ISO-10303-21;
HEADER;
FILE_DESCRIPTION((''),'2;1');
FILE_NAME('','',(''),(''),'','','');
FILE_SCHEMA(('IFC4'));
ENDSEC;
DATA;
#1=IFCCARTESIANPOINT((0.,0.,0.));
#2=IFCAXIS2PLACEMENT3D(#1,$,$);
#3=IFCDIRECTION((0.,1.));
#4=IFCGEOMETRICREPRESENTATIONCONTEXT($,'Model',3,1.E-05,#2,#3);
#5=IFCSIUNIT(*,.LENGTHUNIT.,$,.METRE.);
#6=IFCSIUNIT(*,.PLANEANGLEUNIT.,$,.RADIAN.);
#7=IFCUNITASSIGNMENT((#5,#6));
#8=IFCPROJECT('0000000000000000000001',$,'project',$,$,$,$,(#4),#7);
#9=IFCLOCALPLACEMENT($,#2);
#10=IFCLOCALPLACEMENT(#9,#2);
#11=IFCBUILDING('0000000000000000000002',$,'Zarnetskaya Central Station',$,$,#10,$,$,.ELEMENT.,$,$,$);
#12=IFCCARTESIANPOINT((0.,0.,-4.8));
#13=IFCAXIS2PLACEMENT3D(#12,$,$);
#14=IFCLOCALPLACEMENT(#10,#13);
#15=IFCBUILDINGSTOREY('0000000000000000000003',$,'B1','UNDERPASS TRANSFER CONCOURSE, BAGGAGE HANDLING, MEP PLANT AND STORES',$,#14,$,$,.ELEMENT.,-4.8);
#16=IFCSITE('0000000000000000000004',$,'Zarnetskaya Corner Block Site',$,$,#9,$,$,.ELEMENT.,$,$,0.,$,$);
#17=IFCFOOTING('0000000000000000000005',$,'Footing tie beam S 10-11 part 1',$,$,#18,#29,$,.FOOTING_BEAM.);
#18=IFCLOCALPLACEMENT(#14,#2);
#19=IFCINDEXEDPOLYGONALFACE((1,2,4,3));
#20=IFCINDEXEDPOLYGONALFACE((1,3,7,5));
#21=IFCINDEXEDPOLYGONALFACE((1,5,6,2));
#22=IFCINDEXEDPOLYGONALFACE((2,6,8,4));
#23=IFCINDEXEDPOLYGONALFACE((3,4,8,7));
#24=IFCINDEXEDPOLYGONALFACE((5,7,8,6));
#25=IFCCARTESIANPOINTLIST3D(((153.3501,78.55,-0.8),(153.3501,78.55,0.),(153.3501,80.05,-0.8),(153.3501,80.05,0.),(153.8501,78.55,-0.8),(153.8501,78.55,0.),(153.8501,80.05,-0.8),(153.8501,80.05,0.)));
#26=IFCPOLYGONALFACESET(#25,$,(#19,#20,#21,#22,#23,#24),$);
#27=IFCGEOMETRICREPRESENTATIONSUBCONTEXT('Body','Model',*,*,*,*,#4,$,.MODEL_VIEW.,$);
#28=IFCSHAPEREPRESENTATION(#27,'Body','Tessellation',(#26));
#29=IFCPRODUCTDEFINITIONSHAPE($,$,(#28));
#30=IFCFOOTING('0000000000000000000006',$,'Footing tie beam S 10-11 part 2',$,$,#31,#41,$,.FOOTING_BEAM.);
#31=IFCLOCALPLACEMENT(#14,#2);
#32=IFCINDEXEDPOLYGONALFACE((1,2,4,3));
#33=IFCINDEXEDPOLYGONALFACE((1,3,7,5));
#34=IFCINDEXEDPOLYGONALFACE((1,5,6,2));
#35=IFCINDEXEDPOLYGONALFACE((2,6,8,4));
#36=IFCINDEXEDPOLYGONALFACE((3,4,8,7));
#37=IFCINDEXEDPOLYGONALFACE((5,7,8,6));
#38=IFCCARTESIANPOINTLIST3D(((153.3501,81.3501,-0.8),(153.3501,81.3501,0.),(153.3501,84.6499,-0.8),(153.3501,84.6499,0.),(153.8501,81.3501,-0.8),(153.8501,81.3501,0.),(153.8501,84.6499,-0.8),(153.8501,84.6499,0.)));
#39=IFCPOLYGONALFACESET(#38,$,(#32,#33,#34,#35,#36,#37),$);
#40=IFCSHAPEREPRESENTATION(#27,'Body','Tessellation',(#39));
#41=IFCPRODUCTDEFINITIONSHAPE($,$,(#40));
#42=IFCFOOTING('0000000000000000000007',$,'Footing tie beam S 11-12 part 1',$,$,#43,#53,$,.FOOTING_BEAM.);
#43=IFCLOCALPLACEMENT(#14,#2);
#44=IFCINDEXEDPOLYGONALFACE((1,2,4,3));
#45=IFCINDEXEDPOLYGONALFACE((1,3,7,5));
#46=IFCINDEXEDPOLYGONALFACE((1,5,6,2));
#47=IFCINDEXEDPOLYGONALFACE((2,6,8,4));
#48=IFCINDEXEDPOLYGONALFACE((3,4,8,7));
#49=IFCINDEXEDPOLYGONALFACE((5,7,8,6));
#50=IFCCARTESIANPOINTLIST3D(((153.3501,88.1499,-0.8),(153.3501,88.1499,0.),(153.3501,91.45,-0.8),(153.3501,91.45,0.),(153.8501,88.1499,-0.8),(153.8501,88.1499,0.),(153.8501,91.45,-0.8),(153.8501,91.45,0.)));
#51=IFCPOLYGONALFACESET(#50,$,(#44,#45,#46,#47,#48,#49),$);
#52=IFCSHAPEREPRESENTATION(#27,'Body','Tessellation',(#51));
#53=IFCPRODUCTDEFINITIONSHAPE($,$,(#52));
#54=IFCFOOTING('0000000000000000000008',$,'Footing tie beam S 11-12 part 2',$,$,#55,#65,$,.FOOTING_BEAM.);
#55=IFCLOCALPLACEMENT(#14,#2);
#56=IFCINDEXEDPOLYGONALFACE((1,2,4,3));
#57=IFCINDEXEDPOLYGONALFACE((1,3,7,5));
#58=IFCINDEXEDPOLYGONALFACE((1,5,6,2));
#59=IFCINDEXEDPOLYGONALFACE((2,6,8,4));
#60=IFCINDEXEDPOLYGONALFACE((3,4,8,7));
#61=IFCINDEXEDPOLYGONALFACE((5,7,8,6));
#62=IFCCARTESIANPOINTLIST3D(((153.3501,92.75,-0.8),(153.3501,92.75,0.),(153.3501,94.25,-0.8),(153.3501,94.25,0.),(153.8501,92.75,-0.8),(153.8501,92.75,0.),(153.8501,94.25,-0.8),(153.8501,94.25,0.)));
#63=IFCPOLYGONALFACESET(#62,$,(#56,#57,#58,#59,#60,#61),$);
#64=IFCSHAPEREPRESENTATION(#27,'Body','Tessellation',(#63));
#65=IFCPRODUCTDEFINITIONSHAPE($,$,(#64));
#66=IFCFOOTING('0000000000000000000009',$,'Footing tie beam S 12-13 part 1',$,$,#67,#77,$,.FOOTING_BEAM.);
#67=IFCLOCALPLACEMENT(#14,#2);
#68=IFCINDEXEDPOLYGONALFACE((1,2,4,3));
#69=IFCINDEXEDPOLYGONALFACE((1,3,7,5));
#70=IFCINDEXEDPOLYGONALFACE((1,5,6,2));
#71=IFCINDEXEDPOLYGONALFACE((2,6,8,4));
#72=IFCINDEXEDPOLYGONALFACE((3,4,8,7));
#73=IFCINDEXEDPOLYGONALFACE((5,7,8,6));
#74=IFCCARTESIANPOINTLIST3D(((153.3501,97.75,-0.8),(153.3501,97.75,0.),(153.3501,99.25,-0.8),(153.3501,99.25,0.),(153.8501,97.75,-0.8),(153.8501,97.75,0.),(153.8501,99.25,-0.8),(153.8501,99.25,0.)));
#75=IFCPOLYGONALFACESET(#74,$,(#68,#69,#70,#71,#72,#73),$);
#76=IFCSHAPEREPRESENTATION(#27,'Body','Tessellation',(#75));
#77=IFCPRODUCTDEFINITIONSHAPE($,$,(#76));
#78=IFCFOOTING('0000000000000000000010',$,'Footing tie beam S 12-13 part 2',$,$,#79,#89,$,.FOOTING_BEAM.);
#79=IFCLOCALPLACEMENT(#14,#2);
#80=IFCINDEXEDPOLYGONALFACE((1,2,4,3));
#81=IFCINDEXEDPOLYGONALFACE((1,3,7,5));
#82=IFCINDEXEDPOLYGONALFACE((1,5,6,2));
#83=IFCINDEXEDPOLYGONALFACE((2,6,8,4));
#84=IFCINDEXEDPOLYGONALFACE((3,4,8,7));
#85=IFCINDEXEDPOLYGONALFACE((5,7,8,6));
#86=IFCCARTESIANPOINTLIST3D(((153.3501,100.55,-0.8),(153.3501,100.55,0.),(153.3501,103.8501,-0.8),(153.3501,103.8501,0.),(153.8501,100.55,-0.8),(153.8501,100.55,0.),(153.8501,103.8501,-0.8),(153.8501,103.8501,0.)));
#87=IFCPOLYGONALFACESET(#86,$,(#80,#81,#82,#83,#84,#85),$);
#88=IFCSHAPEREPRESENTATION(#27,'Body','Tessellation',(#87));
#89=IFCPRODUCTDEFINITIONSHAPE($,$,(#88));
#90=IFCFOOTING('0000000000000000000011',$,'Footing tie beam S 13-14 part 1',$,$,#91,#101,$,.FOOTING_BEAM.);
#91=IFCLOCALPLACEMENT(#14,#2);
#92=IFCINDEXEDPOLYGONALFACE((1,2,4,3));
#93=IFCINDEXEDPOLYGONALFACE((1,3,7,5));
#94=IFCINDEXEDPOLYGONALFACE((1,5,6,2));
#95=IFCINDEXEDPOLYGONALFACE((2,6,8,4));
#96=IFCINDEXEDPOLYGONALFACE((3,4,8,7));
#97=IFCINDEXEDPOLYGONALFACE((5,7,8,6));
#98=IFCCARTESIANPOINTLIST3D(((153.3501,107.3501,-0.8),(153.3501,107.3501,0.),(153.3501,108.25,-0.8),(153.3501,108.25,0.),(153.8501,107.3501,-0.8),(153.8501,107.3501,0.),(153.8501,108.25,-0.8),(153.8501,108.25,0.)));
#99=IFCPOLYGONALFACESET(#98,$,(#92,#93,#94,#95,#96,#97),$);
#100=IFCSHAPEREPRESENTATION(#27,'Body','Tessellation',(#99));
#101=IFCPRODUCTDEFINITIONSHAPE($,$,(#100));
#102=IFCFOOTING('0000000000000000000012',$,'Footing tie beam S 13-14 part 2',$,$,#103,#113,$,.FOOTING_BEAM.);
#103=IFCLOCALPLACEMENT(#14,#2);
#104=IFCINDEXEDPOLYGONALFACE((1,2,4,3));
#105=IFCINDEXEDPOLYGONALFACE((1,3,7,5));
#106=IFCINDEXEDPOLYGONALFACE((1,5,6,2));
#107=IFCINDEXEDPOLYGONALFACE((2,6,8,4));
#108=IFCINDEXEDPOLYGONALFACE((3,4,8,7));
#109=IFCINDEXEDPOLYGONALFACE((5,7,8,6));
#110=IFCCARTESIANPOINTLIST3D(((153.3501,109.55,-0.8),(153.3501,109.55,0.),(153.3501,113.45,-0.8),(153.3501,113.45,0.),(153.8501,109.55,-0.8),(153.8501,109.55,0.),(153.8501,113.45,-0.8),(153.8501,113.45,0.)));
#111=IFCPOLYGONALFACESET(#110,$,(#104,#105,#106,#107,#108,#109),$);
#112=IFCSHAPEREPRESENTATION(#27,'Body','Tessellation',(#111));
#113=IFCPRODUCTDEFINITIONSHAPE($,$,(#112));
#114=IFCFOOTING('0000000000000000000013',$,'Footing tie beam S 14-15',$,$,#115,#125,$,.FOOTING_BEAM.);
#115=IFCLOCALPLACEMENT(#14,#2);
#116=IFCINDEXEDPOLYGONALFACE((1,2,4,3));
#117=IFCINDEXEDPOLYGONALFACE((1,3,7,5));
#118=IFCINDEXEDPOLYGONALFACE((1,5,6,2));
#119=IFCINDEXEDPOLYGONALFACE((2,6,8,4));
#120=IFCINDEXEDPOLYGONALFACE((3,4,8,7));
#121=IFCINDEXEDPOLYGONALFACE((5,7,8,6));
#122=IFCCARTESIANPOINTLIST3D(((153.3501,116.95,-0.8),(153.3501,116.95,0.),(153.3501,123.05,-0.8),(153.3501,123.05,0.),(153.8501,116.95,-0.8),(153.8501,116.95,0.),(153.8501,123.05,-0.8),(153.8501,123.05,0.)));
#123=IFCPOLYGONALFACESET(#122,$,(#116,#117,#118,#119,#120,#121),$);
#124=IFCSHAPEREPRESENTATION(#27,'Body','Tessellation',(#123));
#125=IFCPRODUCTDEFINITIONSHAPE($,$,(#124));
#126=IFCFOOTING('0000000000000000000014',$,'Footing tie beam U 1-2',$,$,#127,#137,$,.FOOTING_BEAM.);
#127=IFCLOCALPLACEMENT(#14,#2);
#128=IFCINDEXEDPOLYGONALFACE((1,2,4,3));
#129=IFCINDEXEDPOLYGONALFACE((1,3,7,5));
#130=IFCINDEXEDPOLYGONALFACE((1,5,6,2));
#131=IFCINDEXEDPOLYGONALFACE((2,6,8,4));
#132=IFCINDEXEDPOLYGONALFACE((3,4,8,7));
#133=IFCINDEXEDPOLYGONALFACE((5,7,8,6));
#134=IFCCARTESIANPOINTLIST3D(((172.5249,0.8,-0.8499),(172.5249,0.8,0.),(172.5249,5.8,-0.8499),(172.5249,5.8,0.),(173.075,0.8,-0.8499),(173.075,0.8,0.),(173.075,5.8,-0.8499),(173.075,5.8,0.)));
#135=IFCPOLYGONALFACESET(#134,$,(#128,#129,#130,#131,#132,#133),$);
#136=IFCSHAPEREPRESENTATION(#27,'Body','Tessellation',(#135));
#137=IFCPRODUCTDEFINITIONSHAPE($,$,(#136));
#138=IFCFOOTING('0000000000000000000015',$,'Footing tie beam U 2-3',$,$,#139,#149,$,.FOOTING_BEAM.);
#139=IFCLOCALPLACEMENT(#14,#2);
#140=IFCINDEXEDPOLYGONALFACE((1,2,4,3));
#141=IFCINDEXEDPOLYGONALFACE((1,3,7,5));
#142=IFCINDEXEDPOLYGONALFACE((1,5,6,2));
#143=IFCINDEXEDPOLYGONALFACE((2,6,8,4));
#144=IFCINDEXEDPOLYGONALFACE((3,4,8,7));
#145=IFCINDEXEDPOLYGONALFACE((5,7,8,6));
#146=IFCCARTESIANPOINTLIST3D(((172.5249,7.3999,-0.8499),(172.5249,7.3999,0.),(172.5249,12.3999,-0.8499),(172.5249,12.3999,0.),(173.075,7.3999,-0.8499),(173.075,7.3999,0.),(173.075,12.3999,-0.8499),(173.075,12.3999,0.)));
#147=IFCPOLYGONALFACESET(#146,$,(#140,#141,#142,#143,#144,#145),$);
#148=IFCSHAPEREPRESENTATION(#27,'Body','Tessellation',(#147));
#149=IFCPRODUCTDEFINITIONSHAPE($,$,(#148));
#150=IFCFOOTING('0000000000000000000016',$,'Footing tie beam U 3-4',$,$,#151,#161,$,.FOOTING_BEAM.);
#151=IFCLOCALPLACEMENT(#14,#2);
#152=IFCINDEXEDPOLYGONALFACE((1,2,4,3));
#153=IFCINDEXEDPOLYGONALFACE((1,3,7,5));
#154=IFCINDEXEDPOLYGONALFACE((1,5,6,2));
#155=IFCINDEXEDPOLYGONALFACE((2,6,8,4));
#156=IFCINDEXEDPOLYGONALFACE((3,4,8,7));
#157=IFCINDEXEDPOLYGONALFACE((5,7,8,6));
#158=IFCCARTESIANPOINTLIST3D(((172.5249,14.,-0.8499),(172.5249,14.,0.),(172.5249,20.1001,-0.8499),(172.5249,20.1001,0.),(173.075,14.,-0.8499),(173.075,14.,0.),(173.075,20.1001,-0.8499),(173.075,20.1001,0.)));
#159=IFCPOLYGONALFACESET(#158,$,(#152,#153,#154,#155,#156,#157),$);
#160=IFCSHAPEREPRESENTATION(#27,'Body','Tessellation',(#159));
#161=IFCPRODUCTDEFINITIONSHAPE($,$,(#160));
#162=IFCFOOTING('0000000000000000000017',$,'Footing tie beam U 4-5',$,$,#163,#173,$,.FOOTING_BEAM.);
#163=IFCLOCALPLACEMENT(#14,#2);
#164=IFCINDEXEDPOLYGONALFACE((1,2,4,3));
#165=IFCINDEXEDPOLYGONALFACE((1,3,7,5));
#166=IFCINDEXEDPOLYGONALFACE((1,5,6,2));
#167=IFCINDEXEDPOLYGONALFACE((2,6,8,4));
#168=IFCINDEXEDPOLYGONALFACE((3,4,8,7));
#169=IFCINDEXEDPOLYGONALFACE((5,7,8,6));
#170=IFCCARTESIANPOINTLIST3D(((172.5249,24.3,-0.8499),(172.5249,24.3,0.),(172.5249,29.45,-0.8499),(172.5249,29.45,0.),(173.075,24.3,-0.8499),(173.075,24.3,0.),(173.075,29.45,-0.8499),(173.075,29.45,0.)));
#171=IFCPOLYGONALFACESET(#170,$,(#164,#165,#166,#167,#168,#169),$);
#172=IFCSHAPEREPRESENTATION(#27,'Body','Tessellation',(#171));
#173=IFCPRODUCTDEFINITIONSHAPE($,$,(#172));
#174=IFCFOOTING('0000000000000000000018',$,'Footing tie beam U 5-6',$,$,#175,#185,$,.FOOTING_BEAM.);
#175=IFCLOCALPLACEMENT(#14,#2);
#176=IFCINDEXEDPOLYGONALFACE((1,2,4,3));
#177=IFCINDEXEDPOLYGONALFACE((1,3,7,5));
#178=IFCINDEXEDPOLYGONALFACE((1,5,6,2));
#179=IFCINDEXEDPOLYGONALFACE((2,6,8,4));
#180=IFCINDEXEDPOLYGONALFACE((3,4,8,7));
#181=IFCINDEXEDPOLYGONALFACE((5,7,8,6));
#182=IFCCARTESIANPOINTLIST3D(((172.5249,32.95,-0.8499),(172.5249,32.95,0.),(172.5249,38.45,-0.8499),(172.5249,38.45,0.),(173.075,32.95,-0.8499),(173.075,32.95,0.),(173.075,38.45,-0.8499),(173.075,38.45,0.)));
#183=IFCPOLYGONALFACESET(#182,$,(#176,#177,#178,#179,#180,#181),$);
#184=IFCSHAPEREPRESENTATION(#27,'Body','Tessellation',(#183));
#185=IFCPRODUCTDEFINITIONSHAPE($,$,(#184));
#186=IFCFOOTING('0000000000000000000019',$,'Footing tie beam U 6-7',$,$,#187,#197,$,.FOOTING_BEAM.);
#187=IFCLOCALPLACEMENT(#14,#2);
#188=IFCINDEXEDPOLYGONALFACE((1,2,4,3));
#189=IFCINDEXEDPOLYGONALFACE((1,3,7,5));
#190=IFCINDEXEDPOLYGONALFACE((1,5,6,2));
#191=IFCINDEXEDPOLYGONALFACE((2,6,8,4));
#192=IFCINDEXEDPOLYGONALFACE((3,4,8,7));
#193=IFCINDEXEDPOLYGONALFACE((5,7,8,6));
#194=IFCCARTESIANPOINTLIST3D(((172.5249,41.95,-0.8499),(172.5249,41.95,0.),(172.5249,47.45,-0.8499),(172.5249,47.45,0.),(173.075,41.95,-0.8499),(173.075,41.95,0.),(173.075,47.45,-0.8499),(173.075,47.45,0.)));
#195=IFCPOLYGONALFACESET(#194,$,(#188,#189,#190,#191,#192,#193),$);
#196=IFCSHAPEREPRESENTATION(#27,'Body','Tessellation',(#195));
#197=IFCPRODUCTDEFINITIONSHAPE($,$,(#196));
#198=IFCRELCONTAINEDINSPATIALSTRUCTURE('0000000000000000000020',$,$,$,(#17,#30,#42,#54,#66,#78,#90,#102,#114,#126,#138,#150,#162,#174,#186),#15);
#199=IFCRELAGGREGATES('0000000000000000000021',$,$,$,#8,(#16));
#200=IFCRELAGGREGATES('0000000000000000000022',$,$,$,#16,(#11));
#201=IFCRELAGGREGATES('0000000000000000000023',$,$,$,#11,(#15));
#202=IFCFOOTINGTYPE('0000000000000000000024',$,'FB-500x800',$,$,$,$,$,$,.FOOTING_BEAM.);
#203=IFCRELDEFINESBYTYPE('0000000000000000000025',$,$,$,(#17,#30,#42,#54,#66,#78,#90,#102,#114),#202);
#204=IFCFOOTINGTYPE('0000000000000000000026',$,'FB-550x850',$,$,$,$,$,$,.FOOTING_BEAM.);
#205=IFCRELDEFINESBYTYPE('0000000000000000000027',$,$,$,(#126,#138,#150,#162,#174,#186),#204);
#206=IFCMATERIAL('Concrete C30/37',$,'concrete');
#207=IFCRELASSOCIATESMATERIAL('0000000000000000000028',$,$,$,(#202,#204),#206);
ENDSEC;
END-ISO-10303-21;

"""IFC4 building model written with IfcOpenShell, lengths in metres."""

from ifc_helpers import new_model, si_unit, direction, frame, origin, place, context, subcontext, project, spatial, polyline, outline, extrude, material, type_object, element, save


model = new_model("IFC4")

# Units and contexts
model_context = context("Model", 3, precision=1e-05, world=origin(), true_north=direction((0.0, 1.0)))
body_context = subcontext(model_context, "Body", "Model", "MODEL_VIEW")
ifc_project = project(units=[si_unit("LENGTHUNIT", "METRE"), si_unit("PLANEANGLEUNIT", "RADIAN")], contexts=[model_context])

# Site, building, storey
site_placement = place(None, origin())
site = spatial("IfcSite", under=ifc_project, at=site_placement, Name="Zarnetskaya Corner Block Site", CompositionType="ELEMENT", RefElevation=0.0)
building_placement = place(site_placement, origin())
building = spatial("IfcBuilding", under=site, at=building_placement, Name="Zarnetskaya Central Station", CompositionType="ELEMENT")
storey_placement = place(building_placement, frame((0.0, 0.0, -4.8)))
storey = spatial("IfcBuildingStorey", under=building, at=storey_placement, Name="B1", Description="UNDERPASS TRANSFER CONCOURSE, BAGGAGE HANDLING, MEP PLANT AND STORES", CompositionType="ELEMENT", Elevation=-4.8)

# Footings
ifc_material = material(Name="Concrete C30/37", Category="concrete")
footing_type_1 = type_object("IfcFootingType", Name="FB-500x800", PredefinedType="FOOTING_BEAM", material=ifc_material)
footing_1_placement = place(storey_placement, frame((0.0, 0.0, -0.8)))
element("IfcFooting", 1, at=footing_1_placement, inside=storey, type_object=footing_type_1, Name="Footing tie beam S 10-11 part 1", PredefinedType="FOOTING_BEAM", context=body_context, shape_type="SweptSolid", body=[
    extrude(outline(polyline([(153.3501, 78.55), (153.8501, 78.55), (153.8501, 80.05), (153.3501, 80.05), (153.3501, 78.55)])), origin(), (0.0, 0.0, 1.0), 0.8),
])
footing_2_placement = place(storey_placement, frame((0.0, 0.0, -0.8)))
element("IfcFooting", 2, at=footing_2_placement, inside=storey, type_object=footing_type_1, Name="Footing tie beam S 10-11 part 2", PredefinedType="FOOTING_BEAM", context=body_context, shape_type="SweptSolid", body=[
    extrude(outline(polyline([(153.3501, 81.3501), (153.8501, 81.3501), (153.8501, 84.6499), (153.3501, 84.6499), (153.3501, 81.3501)])), origin(), (0.0, 0.0, 1.0), 0.8),
])
footing_3_placement = place(storey_placement, frame((0.0, 0.0, -0.8)))
element("IfcFooting", 3, at=footing_3_placement, inside=storey, type_object=footing_type_1, Name="Footing tie beam S 11-12 part 1", PredefinedType="FOOTING_BEAM", context=body_context, shape_type="SweptSolid", body=[
    extrude(outline(polyline([(153.3501, 88.1499), (153.8501, 88.1499), (153.8501, 91.45), (153.3501, 91.45), (153.3501, 88.1499)])), origin(), (0.0, 0.0, 1.0), 0.8),
])
footing_4_placement = place(storey_placement, frame((0.0, 0.0, -0.8)))
element("IfcFooting", 4, at=footing_4_placement, inside=storey, type_object=footing_type_1, Name="Footing tie beam S 11-12 part 2", PredefinedType="FOOTING_BEAM", context=body_context, shape_type="SweptSolid", body=[
    extrude(outline(polyline([(153.3501, 92.75), (153.8501, 92.75), (153.8501, 94.25), (153.3501, 94.25), (153.3501, 92.75)])), origin(), (0.0, 0.0, 1.0), 0.8),
])
footing_5_placement = place(storey_placement, frame((0.0, 0.0, -0.8)))
element("IfcFooting", 5, at=footing_5_placement, inside=storey, type_object=footing_type_1, Name="Footing tie beam S 12-13 part 1", PredefinedType="FOOTING_BEAM", context=body_context, shape_type="SweptSolid", body=[
    extrude(outline(polyline([(153.3501, 97.75), (153.8501, 97.75), (153.8501, 99.25), (153.3501, 99.25), (153.3501, 97.75)])), origin(), (0.0, 0.0, 1.0), 0.8),
])
footing_6_placement = place(storey_placement, frame((0.0, 0.0, -0.8)))
element("IfcFooting", 6, at=footing_6_placement, inside=storey, type_object=footing_type_1, Name="Footing tie beam S 12-13 part 2", PredefinedType="FOOTING_BEAM", context=body_context, shape_type="SweptSolid", body=[
    extrude(outline(polyline([(153.3501, 100.55), (153.8501, 100.55), (153.8501, 103.8501), (153.3501, 103.8501), (153.3501, 100.55)])), origin(), (0.0, 0.0, 1.0), 0.8),
])
footing_7_placement = place(storey_placement, frame((0.0, 0.0, -0.8)))
element("IfcFooting", 7, at=footing_7_placement, inside=storey, type_object=footing_type_1, Name="Footing tie beam S 13-14 part 1", PredefinedType="FOOTING_BEAM", context=body_context, shape_type="SweptSolid", body=[
    extrude(outline(polyline([(153.3501, 107.3501), (153.8501, 107.3501), (153.8501, 108.25), (153.3501, 108.25), (153.3501, 107.3501)])), origin(), (0.0, 0.0, 1.0), 0.8),
])
footing_8_placement = place(storey_placement, frame((0.0, 0.0, -0.8)))
element("IfcFooting", 8, at=footing_8_placement, inside=storey, type_object=footing_type_1, Name="Footing tie beam S 13-14 part 2", PredefinedType="FOOTING_BEAM", context=body_context, shape_type="SweptSolid", body=[
    extrude(outline(polyline([(153.3501, 109.55), (153.8501, 109.55), (153.8501, 113.45), (153.3501, 113.45), (153.3501, 109.55)])), origin(), (0.0, 0.0, 1.0), 0.8),
])
footing_9_placement = place(storey_placement, frame((0.0, 0.0, -0.8)))
element("IfcFooting", 9, at=footing_9_placement, inside=storey, type_object=footing_type_1, Name="Footing tie beam S 14-15", PredefinedType="FOOTING_BEAM", context=body_context, shape_type="SweptSolid", body=[
    extrude(outline(polyline([(153.3501, 116.95), (153.8501, 116.95), (153.8501, 123.05), (153.3501, 123.05), (153.3501, 116.95)])), origin(), (0.0, 0.0, 1.0), 0.8),
])
footing_type_2 = type_object("IfcFootingType", Name="FB-550x850", PredefinedType="FOOTING_BEAM", material=ifc_material)
footing_10_placement = place(storey_placement, frame((0.0, 0.0, -0.8499)))
element("IfcFooting", 10, at=footing_10_placement, inside=storey, type_object=footing_type_2, Name="Footing tie beam U 1-2", PredefinedType="FOOTING_BEAM", context=body_context, shape_type="SweptSolid", body=[
    extrude(outline(polyline([(172.5249, 0.8), (173.075, 0.8), (173.075, 5.8), (172.5249, 5.8), (172.5249, 0.8)])), origin(), (0.0, 0.0, 1.0), 0.8499),
])
footing_11_placement = place(storey_placement, frame((0.0, 0.0, -0.8499)))
element("IfcFooting", 11, at=footing_11_placement, inside=storey, type_object=footing_type_2, Name="Footing tie beam U 2-3", PredefinedType="FOOTING_BEAM", context=body_context, shape_type="SweptSolid", body=[
    extrude(outline(polyline([(172.5249, 7.3999), (173.075, 7.3999), (173.075, 12.3999), (172.5249, 12.3999), (172.5249, 7.3999)])), origin(), (0.0, 0.0, 1.0), 0.8499),
])
footing_12_placement = place(storey_placement, frame((0.0, 0.0, -0.8499)))
element("IfcFooting", 12, at=footing_12_placement, inside=storey, type_object=footing_type_2, Name="Footing tie beam U 3-4", PredefinedType="FOOTING_BEAM", context=body_context, shape_type="SweptSolid", body=[
    extrude(outline(polyline([(172.5249, 14.0), (173.075, 14.0), (173.075, 20.1001), (172.5249, 20.1001), (172.5249, 14.0)])), origin(), (0.0, 0.0, 1.0), 0.8499),
])
footing_13_placement = place(storey_placement, frame((0.0, 0.0, -0.8499)))
element("IfcFooting", 13, at=footing_13_placement, inside=storey, type_object=footing_type_2, Name="Footing tie beam U 4-5", PredefinedType="FOOTING_BEAM", context=body_context, shape_type="SweptSolid", body=[
    extrude(outline(polyline([(172.5249, 24.3), (173.075, 24.3), (173.075, 29.45), (172.5249, 29.45), (172.5249, 24.3)])), origin(), (0.0, 0.0, 1.0), 0.8499),
])
footing_14_placement = place(storey_placement, frame((0.0, 0.0, -0.8499)))
element("IfcFooting", 14, at=footing_14_placement, inside=storey, type_object=footing_type_2, Name="Footing tie beam U 5-6", PredefinedType="FOOTING_BEAM", context=body_context, shape_type="SweptSolid", body=[
    extrude(outline(polyline([(172.5249, 32.95), (173.075, 32.95), (173.075, 38.45), (172.5249, 38.45), (172.5249, 32.95)])), origin(), (0.0, 0.0, 1.0), 0.8499),
])
footing_15_placement = place(storey_placement, frame((0.0, 0.0, -0.8499)))
element("IfcFooting", 15, at=footing_15_placement, inside=storey, type_object=footing_type_2, Name="Footing tie beam U 6-7", PredefinedType="FOOTING_BEAM", context=body_context, shape_type="SweptSolid", body=[
    extrude(outline(polyline([(172.5249, 41.95), (173.075, 41.95), (173.075, 47.45), (172.5249, 47.45), (172.5249, 41.95)])), origin(), (0.0, 0.0, 1.0), 0.8499),
])

save(model, "model.ifc")
